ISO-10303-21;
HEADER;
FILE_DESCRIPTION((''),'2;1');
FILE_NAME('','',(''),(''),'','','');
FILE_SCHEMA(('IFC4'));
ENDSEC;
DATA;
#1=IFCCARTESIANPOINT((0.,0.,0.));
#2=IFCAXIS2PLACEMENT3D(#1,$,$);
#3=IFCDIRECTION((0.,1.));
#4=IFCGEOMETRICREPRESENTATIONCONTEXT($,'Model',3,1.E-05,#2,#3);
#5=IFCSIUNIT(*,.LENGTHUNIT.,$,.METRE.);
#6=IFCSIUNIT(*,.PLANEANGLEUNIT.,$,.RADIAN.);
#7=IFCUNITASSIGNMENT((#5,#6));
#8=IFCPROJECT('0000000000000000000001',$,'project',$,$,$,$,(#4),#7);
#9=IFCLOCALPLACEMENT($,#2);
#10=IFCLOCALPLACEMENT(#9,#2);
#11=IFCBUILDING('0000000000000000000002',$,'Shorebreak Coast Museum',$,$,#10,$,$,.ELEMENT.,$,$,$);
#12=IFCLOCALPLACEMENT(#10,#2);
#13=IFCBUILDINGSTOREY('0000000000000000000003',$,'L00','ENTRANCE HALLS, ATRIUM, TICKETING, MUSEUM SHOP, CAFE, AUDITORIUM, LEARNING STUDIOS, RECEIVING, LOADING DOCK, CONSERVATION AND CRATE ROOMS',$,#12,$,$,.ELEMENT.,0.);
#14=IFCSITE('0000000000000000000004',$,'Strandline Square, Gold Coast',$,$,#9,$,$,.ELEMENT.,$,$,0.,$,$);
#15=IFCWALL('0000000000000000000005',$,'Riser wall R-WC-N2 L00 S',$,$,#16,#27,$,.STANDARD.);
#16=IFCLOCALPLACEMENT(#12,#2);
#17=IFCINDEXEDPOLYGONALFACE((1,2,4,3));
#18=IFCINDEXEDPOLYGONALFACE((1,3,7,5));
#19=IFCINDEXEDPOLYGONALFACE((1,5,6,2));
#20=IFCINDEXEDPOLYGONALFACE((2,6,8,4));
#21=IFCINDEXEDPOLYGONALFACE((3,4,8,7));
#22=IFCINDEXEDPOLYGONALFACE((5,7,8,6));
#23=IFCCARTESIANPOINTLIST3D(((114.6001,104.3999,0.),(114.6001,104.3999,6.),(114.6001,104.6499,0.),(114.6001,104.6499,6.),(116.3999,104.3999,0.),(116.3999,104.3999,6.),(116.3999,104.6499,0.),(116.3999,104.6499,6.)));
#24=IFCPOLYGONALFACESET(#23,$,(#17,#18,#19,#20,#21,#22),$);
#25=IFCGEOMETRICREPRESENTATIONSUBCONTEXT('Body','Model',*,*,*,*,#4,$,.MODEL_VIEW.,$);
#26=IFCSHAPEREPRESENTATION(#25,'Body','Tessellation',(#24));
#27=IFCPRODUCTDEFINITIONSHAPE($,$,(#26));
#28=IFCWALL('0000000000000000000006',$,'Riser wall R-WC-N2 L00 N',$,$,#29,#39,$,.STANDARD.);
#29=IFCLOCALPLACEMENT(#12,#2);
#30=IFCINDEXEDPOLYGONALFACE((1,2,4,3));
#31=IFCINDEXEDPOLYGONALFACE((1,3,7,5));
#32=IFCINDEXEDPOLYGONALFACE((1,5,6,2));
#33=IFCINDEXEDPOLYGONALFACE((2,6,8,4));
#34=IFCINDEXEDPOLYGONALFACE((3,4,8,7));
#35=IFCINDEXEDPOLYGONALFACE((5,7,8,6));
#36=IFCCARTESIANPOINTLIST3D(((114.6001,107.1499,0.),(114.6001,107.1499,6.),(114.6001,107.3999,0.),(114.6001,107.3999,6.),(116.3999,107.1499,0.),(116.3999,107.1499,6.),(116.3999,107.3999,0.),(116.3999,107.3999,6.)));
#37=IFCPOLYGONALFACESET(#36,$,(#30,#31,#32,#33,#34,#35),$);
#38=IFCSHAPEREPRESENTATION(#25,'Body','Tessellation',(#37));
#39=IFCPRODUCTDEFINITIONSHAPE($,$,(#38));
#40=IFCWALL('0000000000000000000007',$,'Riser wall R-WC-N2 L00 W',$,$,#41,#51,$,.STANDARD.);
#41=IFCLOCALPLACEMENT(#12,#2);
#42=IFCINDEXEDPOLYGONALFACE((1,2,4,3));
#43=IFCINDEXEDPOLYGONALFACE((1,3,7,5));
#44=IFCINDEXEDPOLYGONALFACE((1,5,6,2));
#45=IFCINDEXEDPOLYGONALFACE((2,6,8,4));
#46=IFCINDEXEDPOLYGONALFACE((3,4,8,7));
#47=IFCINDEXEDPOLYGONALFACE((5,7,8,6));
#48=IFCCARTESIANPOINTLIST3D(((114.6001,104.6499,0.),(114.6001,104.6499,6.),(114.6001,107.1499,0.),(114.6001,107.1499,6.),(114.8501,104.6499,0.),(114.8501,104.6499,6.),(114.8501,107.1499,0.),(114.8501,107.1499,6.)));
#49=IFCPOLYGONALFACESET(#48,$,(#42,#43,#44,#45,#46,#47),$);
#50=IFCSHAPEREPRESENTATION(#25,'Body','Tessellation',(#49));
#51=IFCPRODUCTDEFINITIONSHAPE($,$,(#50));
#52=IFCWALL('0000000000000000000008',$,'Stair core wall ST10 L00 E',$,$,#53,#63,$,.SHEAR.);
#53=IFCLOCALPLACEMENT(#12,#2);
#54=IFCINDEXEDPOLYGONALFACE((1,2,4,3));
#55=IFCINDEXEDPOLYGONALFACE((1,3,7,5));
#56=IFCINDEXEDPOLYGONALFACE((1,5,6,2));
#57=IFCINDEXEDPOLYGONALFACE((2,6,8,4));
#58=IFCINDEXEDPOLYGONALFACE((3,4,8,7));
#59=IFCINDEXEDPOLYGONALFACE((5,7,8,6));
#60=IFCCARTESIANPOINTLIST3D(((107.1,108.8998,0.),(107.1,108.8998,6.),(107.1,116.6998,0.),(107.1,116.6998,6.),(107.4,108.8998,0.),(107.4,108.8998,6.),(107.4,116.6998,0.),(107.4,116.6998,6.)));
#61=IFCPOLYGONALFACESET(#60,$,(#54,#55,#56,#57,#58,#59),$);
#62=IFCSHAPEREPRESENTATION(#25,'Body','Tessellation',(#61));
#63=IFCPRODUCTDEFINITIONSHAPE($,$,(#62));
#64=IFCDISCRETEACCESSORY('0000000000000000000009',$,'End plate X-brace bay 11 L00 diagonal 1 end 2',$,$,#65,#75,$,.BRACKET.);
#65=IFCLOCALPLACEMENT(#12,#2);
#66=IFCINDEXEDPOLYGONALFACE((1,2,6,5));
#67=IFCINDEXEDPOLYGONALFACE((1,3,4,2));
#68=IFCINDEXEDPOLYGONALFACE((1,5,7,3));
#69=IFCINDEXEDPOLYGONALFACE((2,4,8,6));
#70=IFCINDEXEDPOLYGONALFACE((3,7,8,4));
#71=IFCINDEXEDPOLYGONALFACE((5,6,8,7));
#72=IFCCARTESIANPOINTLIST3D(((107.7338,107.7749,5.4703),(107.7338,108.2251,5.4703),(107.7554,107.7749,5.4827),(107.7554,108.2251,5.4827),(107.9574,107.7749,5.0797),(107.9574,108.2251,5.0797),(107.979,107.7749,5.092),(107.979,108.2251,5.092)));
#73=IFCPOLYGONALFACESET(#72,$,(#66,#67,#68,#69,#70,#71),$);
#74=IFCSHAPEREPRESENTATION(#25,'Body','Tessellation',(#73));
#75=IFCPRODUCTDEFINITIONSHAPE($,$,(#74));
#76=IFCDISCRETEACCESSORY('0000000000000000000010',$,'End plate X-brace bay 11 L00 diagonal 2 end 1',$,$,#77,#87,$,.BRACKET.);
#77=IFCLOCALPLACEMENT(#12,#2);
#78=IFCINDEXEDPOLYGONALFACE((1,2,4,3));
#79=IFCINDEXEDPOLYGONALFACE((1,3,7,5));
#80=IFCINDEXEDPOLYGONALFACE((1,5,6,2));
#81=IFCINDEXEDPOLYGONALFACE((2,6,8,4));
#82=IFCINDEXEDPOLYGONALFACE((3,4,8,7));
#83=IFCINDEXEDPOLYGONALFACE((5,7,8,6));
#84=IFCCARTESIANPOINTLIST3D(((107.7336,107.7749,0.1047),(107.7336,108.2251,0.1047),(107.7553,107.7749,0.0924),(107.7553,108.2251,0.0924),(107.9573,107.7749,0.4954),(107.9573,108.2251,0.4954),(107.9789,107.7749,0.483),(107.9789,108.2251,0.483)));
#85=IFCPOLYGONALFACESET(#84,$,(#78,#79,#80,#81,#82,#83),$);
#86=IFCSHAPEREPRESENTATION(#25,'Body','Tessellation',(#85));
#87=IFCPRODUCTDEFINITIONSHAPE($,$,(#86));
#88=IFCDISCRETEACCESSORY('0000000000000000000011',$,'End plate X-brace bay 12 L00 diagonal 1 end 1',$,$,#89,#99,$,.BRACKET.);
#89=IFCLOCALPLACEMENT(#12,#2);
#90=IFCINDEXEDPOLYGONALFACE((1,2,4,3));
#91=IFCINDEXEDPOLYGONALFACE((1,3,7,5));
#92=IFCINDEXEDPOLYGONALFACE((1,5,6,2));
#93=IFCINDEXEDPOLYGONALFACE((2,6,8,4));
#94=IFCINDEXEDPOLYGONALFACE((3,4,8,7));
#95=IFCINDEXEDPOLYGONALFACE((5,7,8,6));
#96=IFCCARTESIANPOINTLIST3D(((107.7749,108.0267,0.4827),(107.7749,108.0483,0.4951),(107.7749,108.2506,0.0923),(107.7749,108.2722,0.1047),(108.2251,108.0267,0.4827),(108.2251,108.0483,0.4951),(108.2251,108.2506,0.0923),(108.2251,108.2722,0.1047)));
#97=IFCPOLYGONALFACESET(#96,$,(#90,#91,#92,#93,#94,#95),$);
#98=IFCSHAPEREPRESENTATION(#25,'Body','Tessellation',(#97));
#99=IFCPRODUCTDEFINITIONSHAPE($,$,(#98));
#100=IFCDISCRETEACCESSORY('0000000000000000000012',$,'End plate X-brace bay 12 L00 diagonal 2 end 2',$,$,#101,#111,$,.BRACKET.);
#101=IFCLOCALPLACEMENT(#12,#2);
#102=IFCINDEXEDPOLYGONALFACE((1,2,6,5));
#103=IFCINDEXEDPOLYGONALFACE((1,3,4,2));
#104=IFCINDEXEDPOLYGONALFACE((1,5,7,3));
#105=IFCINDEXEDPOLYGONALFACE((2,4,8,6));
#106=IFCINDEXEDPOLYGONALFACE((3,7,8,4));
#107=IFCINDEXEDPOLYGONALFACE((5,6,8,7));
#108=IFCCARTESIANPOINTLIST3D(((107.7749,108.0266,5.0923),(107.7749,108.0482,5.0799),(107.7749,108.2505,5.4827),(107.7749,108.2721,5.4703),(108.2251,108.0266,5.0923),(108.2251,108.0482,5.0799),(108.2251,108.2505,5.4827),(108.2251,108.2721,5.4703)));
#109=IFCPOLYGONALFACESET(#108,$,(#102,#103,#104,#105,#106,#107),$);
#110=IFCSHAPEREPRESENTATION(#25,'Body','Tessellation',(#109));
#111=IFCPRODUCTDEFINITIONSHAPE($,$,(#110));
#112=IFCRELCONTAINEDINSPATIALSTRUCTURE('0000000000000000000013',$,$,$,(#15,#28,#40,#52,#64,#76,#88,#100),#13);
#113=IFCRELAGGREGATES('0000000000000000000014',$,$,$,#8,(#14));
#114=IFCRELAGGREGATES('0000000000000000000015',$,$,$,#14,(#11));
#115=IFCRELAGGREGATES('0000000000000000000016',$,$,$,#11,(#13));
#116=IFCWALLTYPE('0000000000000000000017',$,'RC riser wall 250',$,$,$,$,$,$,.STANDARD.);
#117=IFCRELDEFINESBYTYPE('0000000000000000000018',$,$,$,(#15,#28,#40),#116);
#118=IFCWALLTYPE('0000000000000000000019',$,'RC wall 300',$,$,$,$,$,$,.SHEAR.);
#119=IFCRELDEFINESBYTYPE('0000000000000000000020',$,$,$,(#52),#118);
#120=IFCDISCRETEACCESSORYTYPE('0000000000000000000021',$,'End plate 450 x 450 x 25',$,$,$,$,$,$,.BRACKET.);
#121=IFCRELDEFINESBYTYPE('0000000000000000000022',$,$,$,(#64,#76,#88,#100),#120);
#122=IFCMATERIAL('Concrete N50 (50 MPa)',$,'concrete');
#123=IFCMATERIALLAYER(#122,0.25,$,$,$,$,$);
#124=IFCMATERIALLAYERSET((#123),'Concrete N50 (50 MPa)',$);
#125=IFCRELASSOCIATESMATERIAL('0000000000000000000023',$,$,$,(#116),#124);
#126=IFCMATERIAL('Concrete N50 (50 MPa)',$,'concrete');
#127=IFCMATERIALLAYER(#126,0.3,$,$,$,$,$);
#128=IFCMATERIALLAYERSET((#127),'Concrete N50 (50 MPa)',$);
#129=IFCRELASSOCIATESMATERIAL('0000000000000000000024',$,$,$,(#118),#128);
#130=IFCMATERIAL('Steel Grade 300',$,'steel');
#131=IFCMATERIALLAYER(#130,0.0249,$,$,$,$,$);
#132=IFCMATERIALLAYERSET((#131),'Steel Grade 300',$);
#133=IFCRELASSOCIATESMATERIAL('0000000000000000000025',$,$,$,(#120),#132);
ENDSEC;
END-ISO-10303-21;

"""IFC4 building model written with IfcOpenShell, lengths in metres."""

from ifc_helpers import new_model, si_unit, direction, frame, frame_2d, origin, place, context, subcontext, project, spatial, polyline, rectangle, outline, extrude, material, layer, layer_set, type_object, element, save


model = new_model("IFC4")

# Units and contexts
model_context = context("Model", 3, precision=1e-05, world=origin(), true_north=direction((0.0, 1.0)))
body_context = subcontext(model_context, "Body", "Model", "MODEL_VIEW")
ifc_project = project(units=[si_unit("LENGTHUNIT", "METRE"), si_unit("PLANEANGLEUNIT", "RADIAN")], contexts=[model_context])

# Site, building, storey
site_placement = place(None, origin())
site = spatial("IfcSite", under=ifc_project, at=site_placement, Name="Strandline Square, Gold Coast", CompositionType="ELEMENT", RefElevation=0.0)
building_placement = place(site_placement, origin())
building = spatial("IfcBuilding", under=site, at=building_placement, Name="Shorebreak Coast Museum", CompositionType="ELEMENT")
storey_placement = place(building_placement, origin())
storey = spatial("IfcBuildingStorey", under=building, at=storey_placement, Name="L00", Description="ENTRANCE HALLS, ATRIUM, TICKETING, MUSEUM SHOP, CAFE, AUDITORIUM, LEARNING STUDIOS, RECEIVING, LOADING DOCK, CONSERVATION AND CRATE ROOMS", CompositionType="ELEMENT", Elevation=0.0)

# Walls
ifc_material_1 = material(Name="Concrete N50 (50 MPa)", Category="concrete")
ifc_layer_1 = layer(ifc_material_1, 0.25)
ifc_layer_set_1 = layer_set([ifc_layer_1], Name="Concrete N50 (50 MPa)")
wall_type_1 = type_object("IfcWallType", Name="RC riser wall 250", PredefinedType="STANDARD", material=ifc_layer_set_1)
for number, where, z_axis, x_axis, name in (
    (1, (114.6001, 104.5249, 0.0), (0.0, 0.0, 1.0), (1.0, 0.0, 0.0), "Riser wall R-WC-N2 L00 S"),
    (2, (114.6001, 107.2749, 0.0), (0.0, 0.0, 1.0), (1.0, 0.0, 0.0), "Riser wall R-WC-N2 L00 N"),
):
    element("IfcWall", number, at=place(storey_placement, frame(where, z_axis=z_axis, x_axis=x_axis)), inside=storey, type_object=wall_type_1, Name=name, PredefinedType="STANDARD", context=body_context, shape_type="SweptSolid", body=[
        extrude(rectangle(XDim=1.7998, YDim=0.25, at=frame_2d((0.8999, 0.0))), origin(), (0.0, 0.0, 1.0), 6.0),
    ])
wall_1_placement = place(storey_placement, frame((114.7251, 104.6499, 0.0), z_axis=(0.0, 0.0, 1.0), x_axis=(0.0, 1.0, 0.0)))
element("IfcWall", 3, at=wall_1_placement, inside=storey, type_object=wall_type_1, Name="Riser wall R-WC-N2 L00 W", PredefinedType="STANDARD", context=body_context, shape_type="SweptSolid", body=[
    extrude(rectangle(XDim=2.5, YDim=0.25, at=frame_2d((1.25, 0.0))), origin(), (0.0, 0.0, 1.0), 6.0),
])
ifc_material_2 = material(Name="Concrete N50 (50 MPa)", Category="concrete")
ifc_layer_2 = layer(ifc_material_2, 0.3)
ifc_layer_set_2 = layer_set([ifc_layer_2], Name="Concrete N50 (50 MPa)")
wall_type_2 = type_object("IfcWallType", Name="RC wall 300", PredefinedType="SHEAR", material=ifc_layer_set_2)
wall_2_placement = place(storey_placement, frame((107.25, 108.8999, 0.0), z_axis=(0.0, 0.0, 1.0), x_axis=(0.0, 1.0, 0.0)))
element("IfcWall", 4, at=wall_2_placement, inside=storey, type_object=wall_type_2, Name="Stair core wall ST10 L00 E", PredefinedType="SHEAR", context=body_context, shape_type="SweptSolid", body=[
    extrude(rectangle(XDim=7.8, YDim=0.3, at=frame_2d((3.8999, 0.0))), origin(), (0.0, 0.0, 1.0), 6.0),
])

# Discrete accessories
ifc_material_3 = material(Name="Steel Grade 300", Category="steel")
ifc_layer_3 = layer(ifc_material_3, 0.0249)
ifc_layer_set_3 = layer_set([ifc_layer_3], Name="Steel Grade 300")
discrete_accessory_type = type_object("IfcDiscreteAccessoryType", Name="End plate 450 x 450 x 25", PredefinedType="BRACKET", material=ifc_layer_set_3)
for number, where, z_axis, x_axis, name in (
    (5, (107.979, 107.7749, 5.092), (0.867842, 0.0, 0.49684), (0.0, 1.0, 0.0), "End plate X-brace bay 11 L00 diagonal 1 end 2"),
    (6, (107.7336, 108.2251, 0.1047), (-0.867842, 0.0, 0.49684), (0.0, -1.0, 0.0), "End plate X-brace bay 11 L00 diagonal 2 end 1"),
):
    element("IfcDiscreteAccessory", number, at=place(storey_placement, frame(where, z_axis=z_axis, x_axis=x_axis)), inside=storey, type_object=discrete_accessory_type, Name=name, PredefinedType="BRACKET", context=body_context, shape_type="SweptSolid", body=[
        extrude(outline(polyline([(0.0, 0.0), (0.4502, 0.0), (0.4502, 0.4501), (0.0, 0.4501), (0.0, 0.0)])), origin(), (0.0, 0.0, -1.0), 0.0249),
    ])
for number, where, z_axis, x_axis, name in (
    (7, (108.2251, 108.2722, 0.1047), (0.0, 0.867474, 0.497482), (-1.0, 0.0, 0.0), "End plate X-brace bay 12 L00 diagonal 1 end 1"),
    (8, (107.7749, 108.0266, 5.0923), (0.0, -0.867474, 0.497482), (1.0, 0.0, 0.0), "End plate X-brace bay 12 L00 diagonal 2 end 2"),
):
    element("IfcDiscreteAccessory", number, at=place(storey_placement, frame(where, z_axis=z_axis, x_axis=x_axis)), inside=storey, type_object=discrete_accessory_type, Name=name, PredefinedType="BRACKET", context=body_context, shape_type="SweptSolid", body=[
        extrude(outline(polyline([(0.0, 0.0), (0.4502, 0.0), (0.4502, 0.45), (0.0, 0.45), (0.0, 0.0)])), origin(), (0.0, 0.0, -1.0), 0.0249),
    ])

save(model, "model.ifc")
